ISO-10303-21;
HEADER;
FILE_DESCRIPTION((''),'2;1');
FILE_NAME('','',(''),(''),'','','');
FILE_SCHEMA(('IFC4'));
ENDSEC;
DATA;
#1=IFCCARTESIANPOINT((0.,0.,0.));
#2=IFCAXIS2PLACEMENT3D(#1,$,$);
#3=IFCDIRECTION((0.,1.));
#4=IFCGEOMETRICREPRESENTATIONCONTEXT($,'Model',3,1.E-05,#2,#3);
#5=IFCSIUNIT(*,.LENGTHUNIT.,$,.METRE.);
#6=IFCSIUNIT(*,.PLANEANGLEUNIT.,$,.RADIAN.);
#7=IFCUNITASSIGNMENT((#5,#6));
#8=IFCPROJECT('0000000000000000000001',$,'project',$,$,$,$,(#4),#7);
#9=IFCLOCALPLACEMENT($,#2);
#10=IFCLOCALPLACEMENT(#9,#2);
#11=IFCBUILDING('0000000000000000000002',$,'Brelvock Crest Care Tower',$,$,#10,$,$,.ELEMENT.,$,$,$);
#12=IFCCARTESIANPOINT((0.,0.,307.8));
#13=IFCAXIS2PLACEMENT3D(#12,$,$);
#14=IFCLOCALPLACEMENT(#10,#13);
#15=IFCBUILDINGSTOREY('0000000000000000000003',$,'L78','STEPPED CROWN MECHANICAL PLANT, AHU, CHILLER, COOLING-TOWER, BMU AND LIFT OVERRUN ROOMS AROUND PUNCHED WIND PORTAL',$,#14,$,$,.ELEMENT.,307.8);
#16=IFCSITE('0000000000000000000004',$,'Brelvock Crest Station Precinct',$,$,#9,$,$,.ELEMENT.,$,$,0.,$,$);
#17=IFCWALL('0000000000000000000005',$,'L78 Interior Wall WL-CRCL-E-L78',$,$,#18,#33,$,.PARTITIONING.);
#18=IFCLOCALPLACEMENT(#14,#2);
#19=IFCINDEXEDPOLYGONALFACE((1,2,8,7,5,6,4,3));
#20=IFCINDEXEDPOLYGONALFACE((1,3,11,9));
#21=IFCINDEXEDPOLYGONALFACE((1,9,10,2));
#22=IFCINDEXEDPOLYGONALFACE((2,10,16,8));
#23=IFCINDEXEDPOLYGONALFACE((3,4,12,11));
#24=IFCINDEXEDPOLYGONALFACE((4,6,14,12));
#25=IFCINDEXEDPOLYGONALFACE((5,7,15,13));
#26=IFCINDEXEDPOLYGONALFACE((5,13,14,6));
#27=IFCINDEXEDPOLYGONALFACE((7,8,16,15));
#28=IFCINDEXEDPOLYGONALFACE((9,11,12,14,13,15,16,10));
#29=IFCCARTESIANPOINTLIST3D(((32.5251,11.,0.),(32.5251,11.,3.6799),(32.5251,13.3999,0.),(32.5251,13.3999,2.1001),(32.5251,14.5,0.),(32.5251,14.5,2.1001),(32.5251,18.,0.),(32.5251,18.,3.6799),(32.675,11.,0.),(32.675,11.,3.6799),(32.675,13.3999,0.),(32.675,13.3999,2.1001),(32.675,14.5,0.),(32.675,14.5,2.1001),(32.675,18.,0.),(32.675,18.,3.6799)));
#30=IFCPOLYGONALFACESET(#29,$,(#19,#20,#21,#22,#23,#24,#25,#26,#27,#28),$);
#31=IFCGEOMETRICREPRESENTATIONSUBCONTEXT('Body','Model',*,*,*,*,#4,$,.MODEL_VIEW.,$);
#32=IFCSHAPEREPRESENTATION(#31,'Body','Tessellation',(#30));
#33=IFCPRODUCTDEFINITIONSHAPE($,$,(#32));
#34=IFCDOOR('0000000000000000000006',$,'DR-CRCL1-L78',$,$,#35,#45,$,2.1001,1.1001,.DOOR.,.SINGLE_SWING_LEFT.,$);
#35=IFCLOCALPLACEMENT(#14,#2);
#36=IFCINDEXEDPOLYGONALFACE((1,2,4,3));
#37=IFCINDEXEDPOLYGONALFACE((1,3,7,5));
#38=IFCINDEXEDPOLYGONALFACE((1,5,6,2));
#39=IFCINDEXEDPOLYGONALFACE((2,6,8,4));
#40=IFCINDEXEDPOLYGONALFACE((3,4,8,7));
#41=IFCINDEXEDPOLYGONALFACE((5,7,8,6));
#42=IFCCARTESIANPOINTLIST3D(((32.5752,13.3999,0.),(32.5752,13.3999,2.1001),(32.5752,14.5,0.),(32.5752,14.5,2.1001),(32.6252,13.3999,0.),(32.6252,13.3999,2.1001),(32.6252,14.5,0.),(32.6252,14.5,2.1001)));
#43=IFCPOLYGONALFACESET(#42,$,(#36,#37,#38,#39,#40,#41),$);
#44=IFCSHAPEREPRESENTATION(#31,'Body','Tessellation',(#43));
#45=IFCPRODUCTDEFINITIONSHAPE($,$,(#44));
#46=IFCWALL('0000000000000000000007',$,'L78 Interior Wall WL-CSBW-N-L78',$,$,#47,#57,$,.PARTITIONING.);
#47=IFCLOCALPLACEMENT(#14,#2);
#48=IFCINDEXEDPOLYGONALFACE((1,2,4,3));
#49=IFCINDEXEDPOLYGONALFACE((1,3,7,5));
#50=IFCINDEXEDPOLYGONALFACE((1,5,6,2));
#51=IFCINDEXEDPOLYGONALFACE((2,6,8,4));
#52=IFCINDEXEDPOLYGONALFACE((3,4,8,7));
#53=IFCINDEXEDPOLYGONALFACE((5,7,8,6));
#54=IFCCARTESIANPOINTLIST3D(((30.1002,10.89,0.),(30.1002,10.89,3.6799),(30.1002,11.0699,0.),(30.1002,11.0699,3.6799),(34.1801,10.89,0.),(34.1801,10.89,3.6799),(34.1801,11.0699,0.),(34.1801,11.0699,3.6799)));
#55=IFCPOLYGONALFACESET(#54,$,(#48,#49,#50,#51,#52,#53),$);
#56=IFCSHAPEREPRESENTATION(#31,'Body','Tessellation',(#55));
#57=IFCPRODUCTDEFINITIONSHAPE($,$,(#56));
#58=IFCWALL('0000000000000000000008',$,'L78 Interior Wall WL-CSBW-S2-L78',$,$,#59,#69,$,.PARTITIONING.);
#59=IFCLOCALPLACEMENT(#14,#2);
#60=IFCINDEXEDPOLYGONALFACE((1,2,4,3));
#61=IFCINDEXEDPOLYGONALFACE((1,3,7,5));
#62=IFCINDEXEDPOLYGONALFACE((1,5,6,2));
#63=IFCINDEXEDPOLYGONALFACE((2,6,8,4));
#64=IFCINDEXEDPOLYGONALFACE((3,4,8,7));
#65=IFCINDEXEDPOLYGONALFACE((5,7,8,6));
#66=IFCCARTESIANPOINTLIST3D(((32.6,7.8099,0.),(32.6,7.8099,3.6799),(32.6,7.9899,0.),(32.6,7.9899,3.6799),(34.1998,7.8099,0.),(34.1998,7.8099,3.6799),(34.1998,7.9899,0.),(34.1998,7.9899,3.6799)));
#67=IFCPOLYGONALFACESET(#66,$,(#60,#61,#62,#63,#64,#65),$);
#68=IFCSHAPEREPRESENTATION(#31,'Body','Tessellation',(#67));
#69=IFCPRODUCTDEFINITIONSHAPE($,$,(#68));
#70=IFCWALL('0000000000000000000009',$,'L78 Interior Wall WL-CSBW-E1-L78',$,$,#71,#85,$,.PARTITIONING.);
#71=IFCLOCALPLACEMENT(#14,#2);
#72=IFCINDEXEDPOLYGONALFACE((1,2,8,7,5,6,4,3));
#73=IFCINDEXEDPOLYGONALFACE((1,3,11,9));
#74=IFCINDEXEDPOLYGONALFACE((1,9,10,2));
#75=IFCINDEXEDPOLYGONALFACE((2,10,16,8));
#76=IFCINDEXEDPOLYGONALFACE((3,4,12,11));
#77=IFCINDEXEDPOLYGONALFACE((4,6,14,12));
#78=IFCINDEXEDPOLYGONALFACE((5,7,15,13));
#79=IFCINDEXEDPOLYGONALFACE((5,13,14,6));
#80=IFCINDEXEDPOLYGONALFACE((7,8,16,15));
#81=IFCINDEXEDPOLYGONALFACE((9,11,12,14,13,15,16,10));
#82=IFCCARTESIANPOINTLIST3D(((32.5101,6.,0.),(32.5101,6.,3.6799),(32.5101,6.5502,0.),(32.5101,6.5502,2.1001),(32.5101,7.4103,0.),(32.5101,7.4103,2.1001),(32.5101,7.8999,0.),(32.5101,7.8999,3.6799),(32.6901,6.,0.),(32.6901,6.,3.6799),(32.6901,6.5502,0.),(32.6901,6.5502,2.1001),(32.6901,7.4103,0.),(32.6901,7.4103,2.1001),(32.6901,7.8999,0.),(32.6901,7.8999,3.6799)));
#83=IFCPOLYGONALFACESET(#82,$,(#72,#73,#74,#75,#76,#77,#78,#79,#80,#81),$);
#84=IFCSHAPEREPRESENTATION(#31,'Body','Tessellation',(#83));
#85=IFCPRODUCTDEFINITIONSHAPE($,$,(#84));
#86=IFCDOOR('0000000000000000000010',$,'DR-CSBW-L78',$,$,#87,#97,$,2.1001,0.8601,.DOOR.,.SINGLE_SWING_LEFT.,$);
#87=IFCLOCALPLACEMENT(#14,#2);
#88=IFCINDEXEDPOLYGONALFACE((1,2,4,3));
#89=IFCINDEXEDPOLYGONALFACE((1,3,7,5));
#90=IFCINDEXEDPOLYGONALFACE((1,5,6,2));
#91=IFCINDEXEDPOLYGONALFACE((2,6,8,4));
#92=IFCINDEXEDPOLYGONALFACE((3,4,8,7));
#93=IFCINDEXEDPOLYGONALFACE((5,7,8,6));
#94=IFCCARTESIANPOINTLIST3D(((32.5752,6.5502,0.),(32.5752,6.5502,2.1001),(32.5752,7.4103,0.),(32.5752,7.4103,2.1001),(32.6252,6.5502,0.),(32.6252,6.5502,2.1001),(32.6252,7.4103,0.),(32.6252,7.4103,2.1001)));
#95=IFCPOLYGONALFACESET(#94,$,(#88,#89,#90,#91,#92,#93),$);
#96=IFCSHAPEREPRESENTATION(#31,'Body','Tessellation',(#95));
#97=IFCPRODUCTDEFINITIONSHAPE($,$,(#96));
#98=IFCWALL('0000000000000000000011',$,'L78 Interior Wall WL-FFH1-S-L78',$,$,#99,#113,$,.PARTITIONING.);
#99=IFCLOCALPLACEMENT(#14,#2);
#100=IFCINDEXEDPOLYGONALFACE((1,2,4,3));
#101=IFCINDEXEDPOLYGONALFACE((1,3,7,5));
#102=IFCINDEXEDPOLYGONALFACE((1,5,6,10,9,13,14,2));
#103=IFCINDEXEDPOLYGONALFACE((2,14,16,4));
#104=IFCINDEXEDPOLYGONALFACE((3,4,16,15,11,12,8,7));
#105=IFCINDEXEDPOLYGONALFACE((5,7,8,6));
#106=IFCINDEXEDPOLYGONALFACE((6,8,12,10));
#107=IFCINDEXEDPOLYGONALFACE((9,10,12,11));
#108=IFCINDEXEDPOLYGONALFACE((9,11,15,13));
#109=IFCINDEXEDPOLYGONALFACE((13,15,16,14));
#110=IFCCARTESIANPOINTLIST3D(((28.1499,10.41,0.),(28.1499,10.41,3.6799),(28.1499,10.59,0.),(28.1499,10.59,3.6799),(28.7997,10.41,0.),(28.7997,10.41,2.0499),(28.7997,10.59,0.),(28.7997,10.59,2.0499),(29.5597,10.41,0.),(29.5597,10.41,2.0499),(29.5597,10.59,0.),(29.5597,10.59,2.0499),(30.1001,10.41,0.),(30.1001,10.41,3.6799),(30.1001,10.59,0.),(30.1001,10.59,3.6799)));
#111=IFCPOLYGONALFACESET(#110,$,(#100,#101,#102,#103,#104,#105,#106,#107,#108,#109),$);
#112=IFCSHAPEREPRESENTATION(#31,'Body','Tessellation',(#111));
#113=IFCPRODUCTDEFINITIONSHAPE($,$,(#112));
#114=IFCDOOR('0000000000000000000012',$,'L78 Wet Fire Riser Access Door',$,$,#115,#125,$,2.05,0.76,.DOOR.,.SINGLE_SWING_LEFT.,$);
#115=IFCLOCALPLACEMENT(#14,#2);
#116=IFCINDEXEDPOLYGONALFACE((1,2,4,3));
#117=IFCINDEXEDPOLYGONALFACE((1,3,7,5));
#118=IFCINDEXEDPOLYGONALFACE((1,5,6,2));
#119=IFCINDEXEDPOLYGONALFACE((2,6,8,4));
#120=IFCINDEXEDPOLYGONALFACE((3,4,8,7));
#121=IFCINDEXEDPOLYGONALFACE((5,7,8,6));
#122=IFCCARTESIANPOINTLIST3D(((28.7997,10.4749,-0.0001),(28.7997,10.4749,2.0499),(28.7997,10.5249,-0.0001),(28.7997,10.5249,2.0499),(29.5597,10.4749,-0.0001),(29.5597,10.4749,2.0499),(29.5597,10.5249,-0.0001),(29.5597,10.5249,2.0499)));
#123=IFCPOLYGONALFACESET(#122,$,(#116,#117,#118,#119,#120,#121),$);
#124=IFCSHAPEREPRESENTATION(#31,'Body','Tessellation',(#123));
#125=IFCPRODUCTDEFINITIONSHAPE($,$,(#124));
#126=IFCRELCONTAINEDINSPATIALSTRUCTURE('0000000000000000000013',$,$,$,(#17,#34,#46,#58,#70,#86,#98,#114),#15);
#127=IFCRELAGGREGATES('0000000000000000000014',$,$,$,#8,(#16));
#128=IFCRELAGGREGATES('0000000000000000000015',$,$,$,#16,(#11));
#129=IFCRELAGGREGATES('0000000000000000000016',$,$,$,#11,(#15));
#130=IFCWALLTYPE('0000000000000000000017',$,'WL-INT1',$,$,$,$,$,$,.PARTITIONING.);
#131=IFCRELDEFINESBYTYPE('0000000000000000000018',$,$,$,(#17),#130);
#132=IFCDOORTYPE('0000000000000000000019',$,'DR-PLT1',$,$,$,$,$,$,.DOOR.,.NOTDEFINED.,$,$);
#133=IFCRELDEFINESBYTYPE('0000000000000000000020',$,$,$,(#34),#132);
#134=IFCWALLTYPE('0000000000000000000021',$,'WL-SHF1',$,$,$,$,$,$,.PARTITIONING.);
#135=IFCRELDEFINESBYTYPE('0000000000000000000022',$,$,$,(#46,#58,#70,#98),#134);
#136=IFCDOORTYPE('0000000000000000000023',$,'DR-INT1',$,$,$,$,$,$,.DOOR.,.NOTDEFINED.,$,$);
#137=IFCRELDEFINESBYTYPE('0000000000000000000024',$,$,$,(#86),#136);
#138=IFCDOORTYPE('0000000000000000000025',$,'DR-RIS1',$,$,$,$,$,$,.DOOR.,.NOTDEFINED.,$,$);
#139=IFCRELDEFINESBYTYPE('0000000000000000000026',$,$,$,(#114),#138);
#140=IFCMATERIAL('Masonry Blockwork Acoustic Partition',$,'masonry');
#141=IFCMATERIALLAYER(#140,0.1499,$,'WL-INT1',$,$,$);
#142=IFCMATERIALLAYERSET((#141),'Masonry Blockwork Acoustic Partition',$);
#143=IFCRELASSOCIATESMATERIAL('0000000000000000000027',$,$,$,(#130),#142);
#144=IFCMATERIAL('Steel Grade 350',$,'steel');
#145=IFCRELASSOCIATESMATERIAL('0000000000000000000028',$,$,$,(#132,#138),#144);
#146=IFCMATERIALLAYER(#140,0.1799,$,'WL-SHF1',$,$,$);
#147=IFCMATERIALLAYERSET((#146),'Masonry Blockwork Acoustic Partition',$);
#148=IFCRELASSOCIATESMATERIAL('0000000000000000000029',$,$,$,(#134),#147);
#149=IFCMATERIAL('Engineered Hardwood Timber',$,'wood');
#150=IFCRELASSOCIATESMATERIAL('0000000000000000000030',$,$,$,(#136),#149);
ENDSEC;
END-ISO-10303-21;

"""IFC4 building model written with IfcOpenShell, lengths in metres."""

from ifc_helpers import new_model, si_unit, direction, frame, frame_2d, origin, origin_2d, place, context, subcontext, project, spatial, rectangle, extrude, source, transform, mapped, material, layer, layer_set, type_object, element, fill, save


model = new_model("IFC4")

# Units and contexts
model_context = context("Model", 3, precision=1e-05, world=origin(), true_north=direction((0.0, 1.0)))
body_context = subcontext(model_context, "Body", "Model", "MODEL_VIEW")
ifc_project = project(units=[si_unit("LENGTHUNIT", "METRE"), si_unit("PLANEANGLEUNIT", "RADIAN")], contexts=[model_context])

# Site, building, storey
site_placement = place(None, origin())
site = spatial("IfcSite", under=ifc_project, at=site_placement, Name="Brelvock Crest Station Precinct", CompositionType="ELEMENT", RefElevation=0.0)
building_placement = place(site_placement, origin())
building = spatial("IfcBuilding", under=site, at=building_placement, Name="Brelvock Crest Care Tower", CompositionType="ELEMENT")
storey_placement = place(building_placement, frame((0.0, 0.0, 307.8)))
storey = spatial("IfcBuildingStorey", under=building, at=storey_placement, Name="L78", Description="STEPPED CROWN MECHANICAL PLANT, AHU, CHILLER, COOLING-TOWER, BMU AND LIFT OVERRUN ROOMS AROUND PUNCHED WIND PORTAL", CompositionType="ELEMENT", Elevation=307.8)

# Shared definitions
ifc_material_1 = material(Name="Steel Grade 350", Category="steel")

# Wall, opening, door
ifc_material_2 = material(Name="Masonry Blockwork Acoustic Partition", Category="masonry")
ifc_layer_1 = layer(ifc_material_2, 0.1499, Name="WL-INT1")
ifc_layer_set_1 = layer_set([ifc_layer_1], Name="Masonry Blockwork Acoustic Partition")
wall_type_1 = type_object("IfcWallType", Name="WL-INT1", PredefinedType="PARTITIONING", material=ifc_layer_set_1)
wall_1_placement = place(storey_placement, frame((32.6001, 11.0, 0.0), z_axis=(0.0, 0.0, 1.0), x_axis=(0.0, 1.0, 0.0)))
wall_1 = element("IfcWall", 1, at=wall_1_placement, inside=storey, type_object=wall_type_1, Name="L78 Interior Wall WL-CRCL-E-L78", PredefinedType="PARTITIONING", context=body_context, shape_type="SweptSolid", body=[
    extrude(rectangle(XDim=7.0, YDim=0.1499, at=frame_2d((3.5, 0.0))), origin(), (0.0, 0.0, 1.0), 3.6799),
])
opening_1_placement = place(wall_1_placement, frame((2.3999, 0.0, 0.0)))
opening_1 = element("IfcOpeningElement", 2, at=opening_1_placement, cuts=wall_1, PredefinedType="OPENING", context=body_context, shape_type="SweptSolid", body=[
    extrude(rectangle(XDim=1.1001, YDim=2.1001, at=origin_2d()), frame((0.55, 0.085, 1.05), z_axis=(0.0, -1.0, 0.0), x_axis=(1.0, 0.0, 0.0)), (0.0, 0.0, 1.0), 0.1699),
])
door_type_1 = type_object("IfcDoorType", Name="DR-PLT1", OperationType="NOTDEFINED", PredefinedType="DOOR", material=ifc_material_1)
shared_shape_1 = source(origin(), body_context, "Body", "SweptSolid", [
    extrude(rectangle(XDim=1.1001, YDim=2.1001, at=origin_2d()), frame((0.55, 0.0249, 1.05), z_axis=(0.0, -1.0, 0.0), x_axis=(1.0, 0.0, 0.0)), (0.0, 0.0, 1.0), 0.05),
])
door_1_placement = place(opening_1_placement, origin())
door_1 = element("IfcDoor", 3, at=door_1_placement, inside=storey, type_object=door_type_1, Name="DR-CRCL1-L78", OperationType="SINGLE_SWING_LEFT", OverallHeight=2.1001, OverallWidth=1.1001, PredefinedType="DOOR", context=body_context, shape_type="MappedRepresentation", body=[
    mapped(shared_shape_1, transform((0.0, 0.0, 0.0), x_axis=(1.0, 0.0, 0.0), y_axis=(0.0, 1.0, 0.0), z_axis=(0.0, 0.0, 1.0), scale=1.0)),
])
fill(opening_1, door_1)

# Walls
ifc_layer_2 = layer(ifc_material_2, 0.1799, Name="WL-SHF1")
ifc_layer_set_2 = layer_set([ifc_layer_2], Name="Masonry Blockwork Acoustic Partition")
wall_type_2 = type_object("IfcWallType", Name="WL-SHF1", PredefinedType="PARTITIONING", material=ifc_layer_set_2)
wall_2_placement = place(storey_placement, frame((30.1001, 10.98, 0.0), z_axis=(0.0, 0.0, 1.0), x_axis=(1.0, 0.0, 0.0)))
element("IfcWall", 4, at=wall_2_placement, inside=storey, type_object=wall_type_2, Name="L78 Interior Wall WL-CSBW-N-L78", PredefinedType="PARTITIONING", context=body_context, shape_type="SweptSolid", body=[
    extrude(rectangle(XDim=4.0798, YDim=0.1799, at=frame_2d((2.04, 0.0))), origin(), (0.0, 0.0, 1.0), 3.6799),
])
wall_3_placement = place(storey_placement, frame((32.6001, 7.8999, 0.0), z_axis=(0.0, 0.0, 1.0), x_axis=(1.0, 0.0, 0.0)))
element("IfcWall", 5, at=wall_3_placement, inside=storey, type_object=wall_type_2, Name="L78 Interior Wall WL-CSBW-S2-L78", PredefinedType="PARTITIONING", context=body_context, shape_type="SweptSolid", body=[
    extrude(rectangle(XDim=1.5999, YDim=0.1799, at=frame_2d((0.7998, 0.0))), origin(), (0.0, 0.0, 1.0), 3.6799),
])

# Walls, openings, doors
wall_4_placement = place(storey_placement, frame((32.6001, 6.0, 0.0), z_axis=(0.0, 0.0, 1.0), x_axis=(0.0, 1.0, 0.0)))
wall_4 = element("IfcWall", 6, at=wall_4_placement, inside=storey, type_object=wall_type_2, Name="L78 Interior Wall WL-CSBW-E1-L78", PredefinedType="PARTITIONING", context=body_context, shape_type="SweptSolid", body=[
    extrude(rectangle(XDim=1.8999, YDim=0.1799, at=frame_2d((0.95, 0.0))), origin(), (0.0, 0.0, 1.0), 3.6799),
])
opening_2_placement = place(wall_4_placement, frame((0.55, 0.0, 0.0)))
opening_2 = element("IfcOpeningElement", 7, at=opening_2_placement, cuts=wall_4, PredefinedType="OPENING", context=body_context, shape_type="SweptSolid", body=[
    extrude(rectangle(XDim=0.8601, YDim=2.1001, at=origin_2d()), frame((0.4302, 0.1001, 1.05), z_axis=(0.0, -1.0, 0.0), x_axis=(1.0, 0.0, 0.0)), (0.0, 0.0, 1.0), 0.2),
])
ifc_material_3 = material(Name="Engineered Hardwood Timber", Category="wood")
door_type_2 = type_object("IfcDoorType", Name="DR-INT1", OperationType="NOTDEFINED", PredefinedType="DOOR", material=ifc_material_3)
shared_shape_2 = source(origin(), body_context, "Body", "SweptSolid", [
    extrude(rectangle(XDim=0.8601, YDim=2.1001, at=origin_2d()), frame((0.4302, 0.0249, 1.05), z_axis=(0.0, -1.0, 0.0), x_axis=(1.0, 0.0, 0.0)), (0.0, 0.0, 1.0), 0.05),
])
door_2_placement = place(opening_2_placement, origin())
door_2 = element("IfcDoor", 8, at=door_2_placement, inside=storey, type_object=door_type_2, Name="DR-CSBW-L78", OperationType="SINGLE_SWING_LEFT", OverallHeight=2.1001, OverallWidth=0.8601, PredefinedType="DOOR", context=body_context, shape_type="MappedRepresentation", body=[
    mapped(shared_shape_2, transform((0.0, 0.0, 0.0), x_axis=(1.0, 0.0, 0.0), y_axis=(0.0, 1.0, 0.0), z_axis=(0.0, 0.0, 1.0), scale=1.0)),
])
fill(opening_2, door_2)
wall_5_placement = place(storey_placement, frame((28.1499, 10.5, 0.0), z_axis=(0.0, 0.0, 1.0), x_axis=(1.0, 0.0, 0.0)))
wall_5 = element("IfcWall", 9, at=wall_5_placement, inside=storey, type_object=wall_type_2, Name="L78 Interior Wall WL-FFH1-S-L78", PredefinedType="PARTITIONING", context=body_context, shape_type="SweptSolid", body=[
    extrude(rectangle(XDim=1.9502, YDim=0.1799, at=frame_2d((0.9751, 0.0))), origin(), (0.0, 0.0, 1.0), 3.6799),
])
opening_3_placement = place(wall_5_placement, frame((0.6499, 0.0, 0.0)))
opening_3 = element("IfcOpeningElement", 10, at=opening_3_placement, cuts=wall_5, PredefinedType="OPENING", context=body_context, shape_type="SweptSolid", body=[
    extrude(rectangle(XDim=0.76, YDim=2.05, at=origin_2d()), frame((0.3799, 0.1001, 1.0249), z_axis=(0.0, -1.0, 0.0), x_axis=(1.0, 0.0, 0.0)), (0.0, 0.0, 1.0), 0.2),
])
door_type_3 = type_object("IfcDoorType", Name="DR-RIS1", OperationType="NOTDEFINED", PredefinedType="DOOR", material=ifc_material_1)
shared_shape_3 = source(origin(), body_context, "Body", "SweptSolid", [
    extrude(rectangle(XDim=0.76, YDim=2.05, at=origin_2d()), frame((0.3799, 0.0249, 1.0249), z_axis=(0.0, -1.0, 0.0), x_axis=(1.0, 0.0, 0.0)), (0.0, 0.0, 1.0), 0.05),
])
door_3_placement = place(opening_3_placement, origin())
door_3 = element("IfcDoor", 11, at=door_3_placement, inside=storey, type_object=door_type_3, Name="L78 Wet Fire Riser Access Door", OperationType="SINGLE_SWING_LEFT", OverallHeight=2.05, OverallWidth=0.76, PredefinedType="DOOR", context=body_context, shape_type="MappedRepresentation", body=[
    mapped(shared_shape_3, transform((0.0, 0.0, 0.0), x_axis=(1.0, 0.0, 0.0), y_axis=(0.0, 1.0, 0.0), z_axis=(0.0, 0.0, 1.0), scale=1.0)),
])
fill(opening_3, door_3)

save(model, "model.ifc")
